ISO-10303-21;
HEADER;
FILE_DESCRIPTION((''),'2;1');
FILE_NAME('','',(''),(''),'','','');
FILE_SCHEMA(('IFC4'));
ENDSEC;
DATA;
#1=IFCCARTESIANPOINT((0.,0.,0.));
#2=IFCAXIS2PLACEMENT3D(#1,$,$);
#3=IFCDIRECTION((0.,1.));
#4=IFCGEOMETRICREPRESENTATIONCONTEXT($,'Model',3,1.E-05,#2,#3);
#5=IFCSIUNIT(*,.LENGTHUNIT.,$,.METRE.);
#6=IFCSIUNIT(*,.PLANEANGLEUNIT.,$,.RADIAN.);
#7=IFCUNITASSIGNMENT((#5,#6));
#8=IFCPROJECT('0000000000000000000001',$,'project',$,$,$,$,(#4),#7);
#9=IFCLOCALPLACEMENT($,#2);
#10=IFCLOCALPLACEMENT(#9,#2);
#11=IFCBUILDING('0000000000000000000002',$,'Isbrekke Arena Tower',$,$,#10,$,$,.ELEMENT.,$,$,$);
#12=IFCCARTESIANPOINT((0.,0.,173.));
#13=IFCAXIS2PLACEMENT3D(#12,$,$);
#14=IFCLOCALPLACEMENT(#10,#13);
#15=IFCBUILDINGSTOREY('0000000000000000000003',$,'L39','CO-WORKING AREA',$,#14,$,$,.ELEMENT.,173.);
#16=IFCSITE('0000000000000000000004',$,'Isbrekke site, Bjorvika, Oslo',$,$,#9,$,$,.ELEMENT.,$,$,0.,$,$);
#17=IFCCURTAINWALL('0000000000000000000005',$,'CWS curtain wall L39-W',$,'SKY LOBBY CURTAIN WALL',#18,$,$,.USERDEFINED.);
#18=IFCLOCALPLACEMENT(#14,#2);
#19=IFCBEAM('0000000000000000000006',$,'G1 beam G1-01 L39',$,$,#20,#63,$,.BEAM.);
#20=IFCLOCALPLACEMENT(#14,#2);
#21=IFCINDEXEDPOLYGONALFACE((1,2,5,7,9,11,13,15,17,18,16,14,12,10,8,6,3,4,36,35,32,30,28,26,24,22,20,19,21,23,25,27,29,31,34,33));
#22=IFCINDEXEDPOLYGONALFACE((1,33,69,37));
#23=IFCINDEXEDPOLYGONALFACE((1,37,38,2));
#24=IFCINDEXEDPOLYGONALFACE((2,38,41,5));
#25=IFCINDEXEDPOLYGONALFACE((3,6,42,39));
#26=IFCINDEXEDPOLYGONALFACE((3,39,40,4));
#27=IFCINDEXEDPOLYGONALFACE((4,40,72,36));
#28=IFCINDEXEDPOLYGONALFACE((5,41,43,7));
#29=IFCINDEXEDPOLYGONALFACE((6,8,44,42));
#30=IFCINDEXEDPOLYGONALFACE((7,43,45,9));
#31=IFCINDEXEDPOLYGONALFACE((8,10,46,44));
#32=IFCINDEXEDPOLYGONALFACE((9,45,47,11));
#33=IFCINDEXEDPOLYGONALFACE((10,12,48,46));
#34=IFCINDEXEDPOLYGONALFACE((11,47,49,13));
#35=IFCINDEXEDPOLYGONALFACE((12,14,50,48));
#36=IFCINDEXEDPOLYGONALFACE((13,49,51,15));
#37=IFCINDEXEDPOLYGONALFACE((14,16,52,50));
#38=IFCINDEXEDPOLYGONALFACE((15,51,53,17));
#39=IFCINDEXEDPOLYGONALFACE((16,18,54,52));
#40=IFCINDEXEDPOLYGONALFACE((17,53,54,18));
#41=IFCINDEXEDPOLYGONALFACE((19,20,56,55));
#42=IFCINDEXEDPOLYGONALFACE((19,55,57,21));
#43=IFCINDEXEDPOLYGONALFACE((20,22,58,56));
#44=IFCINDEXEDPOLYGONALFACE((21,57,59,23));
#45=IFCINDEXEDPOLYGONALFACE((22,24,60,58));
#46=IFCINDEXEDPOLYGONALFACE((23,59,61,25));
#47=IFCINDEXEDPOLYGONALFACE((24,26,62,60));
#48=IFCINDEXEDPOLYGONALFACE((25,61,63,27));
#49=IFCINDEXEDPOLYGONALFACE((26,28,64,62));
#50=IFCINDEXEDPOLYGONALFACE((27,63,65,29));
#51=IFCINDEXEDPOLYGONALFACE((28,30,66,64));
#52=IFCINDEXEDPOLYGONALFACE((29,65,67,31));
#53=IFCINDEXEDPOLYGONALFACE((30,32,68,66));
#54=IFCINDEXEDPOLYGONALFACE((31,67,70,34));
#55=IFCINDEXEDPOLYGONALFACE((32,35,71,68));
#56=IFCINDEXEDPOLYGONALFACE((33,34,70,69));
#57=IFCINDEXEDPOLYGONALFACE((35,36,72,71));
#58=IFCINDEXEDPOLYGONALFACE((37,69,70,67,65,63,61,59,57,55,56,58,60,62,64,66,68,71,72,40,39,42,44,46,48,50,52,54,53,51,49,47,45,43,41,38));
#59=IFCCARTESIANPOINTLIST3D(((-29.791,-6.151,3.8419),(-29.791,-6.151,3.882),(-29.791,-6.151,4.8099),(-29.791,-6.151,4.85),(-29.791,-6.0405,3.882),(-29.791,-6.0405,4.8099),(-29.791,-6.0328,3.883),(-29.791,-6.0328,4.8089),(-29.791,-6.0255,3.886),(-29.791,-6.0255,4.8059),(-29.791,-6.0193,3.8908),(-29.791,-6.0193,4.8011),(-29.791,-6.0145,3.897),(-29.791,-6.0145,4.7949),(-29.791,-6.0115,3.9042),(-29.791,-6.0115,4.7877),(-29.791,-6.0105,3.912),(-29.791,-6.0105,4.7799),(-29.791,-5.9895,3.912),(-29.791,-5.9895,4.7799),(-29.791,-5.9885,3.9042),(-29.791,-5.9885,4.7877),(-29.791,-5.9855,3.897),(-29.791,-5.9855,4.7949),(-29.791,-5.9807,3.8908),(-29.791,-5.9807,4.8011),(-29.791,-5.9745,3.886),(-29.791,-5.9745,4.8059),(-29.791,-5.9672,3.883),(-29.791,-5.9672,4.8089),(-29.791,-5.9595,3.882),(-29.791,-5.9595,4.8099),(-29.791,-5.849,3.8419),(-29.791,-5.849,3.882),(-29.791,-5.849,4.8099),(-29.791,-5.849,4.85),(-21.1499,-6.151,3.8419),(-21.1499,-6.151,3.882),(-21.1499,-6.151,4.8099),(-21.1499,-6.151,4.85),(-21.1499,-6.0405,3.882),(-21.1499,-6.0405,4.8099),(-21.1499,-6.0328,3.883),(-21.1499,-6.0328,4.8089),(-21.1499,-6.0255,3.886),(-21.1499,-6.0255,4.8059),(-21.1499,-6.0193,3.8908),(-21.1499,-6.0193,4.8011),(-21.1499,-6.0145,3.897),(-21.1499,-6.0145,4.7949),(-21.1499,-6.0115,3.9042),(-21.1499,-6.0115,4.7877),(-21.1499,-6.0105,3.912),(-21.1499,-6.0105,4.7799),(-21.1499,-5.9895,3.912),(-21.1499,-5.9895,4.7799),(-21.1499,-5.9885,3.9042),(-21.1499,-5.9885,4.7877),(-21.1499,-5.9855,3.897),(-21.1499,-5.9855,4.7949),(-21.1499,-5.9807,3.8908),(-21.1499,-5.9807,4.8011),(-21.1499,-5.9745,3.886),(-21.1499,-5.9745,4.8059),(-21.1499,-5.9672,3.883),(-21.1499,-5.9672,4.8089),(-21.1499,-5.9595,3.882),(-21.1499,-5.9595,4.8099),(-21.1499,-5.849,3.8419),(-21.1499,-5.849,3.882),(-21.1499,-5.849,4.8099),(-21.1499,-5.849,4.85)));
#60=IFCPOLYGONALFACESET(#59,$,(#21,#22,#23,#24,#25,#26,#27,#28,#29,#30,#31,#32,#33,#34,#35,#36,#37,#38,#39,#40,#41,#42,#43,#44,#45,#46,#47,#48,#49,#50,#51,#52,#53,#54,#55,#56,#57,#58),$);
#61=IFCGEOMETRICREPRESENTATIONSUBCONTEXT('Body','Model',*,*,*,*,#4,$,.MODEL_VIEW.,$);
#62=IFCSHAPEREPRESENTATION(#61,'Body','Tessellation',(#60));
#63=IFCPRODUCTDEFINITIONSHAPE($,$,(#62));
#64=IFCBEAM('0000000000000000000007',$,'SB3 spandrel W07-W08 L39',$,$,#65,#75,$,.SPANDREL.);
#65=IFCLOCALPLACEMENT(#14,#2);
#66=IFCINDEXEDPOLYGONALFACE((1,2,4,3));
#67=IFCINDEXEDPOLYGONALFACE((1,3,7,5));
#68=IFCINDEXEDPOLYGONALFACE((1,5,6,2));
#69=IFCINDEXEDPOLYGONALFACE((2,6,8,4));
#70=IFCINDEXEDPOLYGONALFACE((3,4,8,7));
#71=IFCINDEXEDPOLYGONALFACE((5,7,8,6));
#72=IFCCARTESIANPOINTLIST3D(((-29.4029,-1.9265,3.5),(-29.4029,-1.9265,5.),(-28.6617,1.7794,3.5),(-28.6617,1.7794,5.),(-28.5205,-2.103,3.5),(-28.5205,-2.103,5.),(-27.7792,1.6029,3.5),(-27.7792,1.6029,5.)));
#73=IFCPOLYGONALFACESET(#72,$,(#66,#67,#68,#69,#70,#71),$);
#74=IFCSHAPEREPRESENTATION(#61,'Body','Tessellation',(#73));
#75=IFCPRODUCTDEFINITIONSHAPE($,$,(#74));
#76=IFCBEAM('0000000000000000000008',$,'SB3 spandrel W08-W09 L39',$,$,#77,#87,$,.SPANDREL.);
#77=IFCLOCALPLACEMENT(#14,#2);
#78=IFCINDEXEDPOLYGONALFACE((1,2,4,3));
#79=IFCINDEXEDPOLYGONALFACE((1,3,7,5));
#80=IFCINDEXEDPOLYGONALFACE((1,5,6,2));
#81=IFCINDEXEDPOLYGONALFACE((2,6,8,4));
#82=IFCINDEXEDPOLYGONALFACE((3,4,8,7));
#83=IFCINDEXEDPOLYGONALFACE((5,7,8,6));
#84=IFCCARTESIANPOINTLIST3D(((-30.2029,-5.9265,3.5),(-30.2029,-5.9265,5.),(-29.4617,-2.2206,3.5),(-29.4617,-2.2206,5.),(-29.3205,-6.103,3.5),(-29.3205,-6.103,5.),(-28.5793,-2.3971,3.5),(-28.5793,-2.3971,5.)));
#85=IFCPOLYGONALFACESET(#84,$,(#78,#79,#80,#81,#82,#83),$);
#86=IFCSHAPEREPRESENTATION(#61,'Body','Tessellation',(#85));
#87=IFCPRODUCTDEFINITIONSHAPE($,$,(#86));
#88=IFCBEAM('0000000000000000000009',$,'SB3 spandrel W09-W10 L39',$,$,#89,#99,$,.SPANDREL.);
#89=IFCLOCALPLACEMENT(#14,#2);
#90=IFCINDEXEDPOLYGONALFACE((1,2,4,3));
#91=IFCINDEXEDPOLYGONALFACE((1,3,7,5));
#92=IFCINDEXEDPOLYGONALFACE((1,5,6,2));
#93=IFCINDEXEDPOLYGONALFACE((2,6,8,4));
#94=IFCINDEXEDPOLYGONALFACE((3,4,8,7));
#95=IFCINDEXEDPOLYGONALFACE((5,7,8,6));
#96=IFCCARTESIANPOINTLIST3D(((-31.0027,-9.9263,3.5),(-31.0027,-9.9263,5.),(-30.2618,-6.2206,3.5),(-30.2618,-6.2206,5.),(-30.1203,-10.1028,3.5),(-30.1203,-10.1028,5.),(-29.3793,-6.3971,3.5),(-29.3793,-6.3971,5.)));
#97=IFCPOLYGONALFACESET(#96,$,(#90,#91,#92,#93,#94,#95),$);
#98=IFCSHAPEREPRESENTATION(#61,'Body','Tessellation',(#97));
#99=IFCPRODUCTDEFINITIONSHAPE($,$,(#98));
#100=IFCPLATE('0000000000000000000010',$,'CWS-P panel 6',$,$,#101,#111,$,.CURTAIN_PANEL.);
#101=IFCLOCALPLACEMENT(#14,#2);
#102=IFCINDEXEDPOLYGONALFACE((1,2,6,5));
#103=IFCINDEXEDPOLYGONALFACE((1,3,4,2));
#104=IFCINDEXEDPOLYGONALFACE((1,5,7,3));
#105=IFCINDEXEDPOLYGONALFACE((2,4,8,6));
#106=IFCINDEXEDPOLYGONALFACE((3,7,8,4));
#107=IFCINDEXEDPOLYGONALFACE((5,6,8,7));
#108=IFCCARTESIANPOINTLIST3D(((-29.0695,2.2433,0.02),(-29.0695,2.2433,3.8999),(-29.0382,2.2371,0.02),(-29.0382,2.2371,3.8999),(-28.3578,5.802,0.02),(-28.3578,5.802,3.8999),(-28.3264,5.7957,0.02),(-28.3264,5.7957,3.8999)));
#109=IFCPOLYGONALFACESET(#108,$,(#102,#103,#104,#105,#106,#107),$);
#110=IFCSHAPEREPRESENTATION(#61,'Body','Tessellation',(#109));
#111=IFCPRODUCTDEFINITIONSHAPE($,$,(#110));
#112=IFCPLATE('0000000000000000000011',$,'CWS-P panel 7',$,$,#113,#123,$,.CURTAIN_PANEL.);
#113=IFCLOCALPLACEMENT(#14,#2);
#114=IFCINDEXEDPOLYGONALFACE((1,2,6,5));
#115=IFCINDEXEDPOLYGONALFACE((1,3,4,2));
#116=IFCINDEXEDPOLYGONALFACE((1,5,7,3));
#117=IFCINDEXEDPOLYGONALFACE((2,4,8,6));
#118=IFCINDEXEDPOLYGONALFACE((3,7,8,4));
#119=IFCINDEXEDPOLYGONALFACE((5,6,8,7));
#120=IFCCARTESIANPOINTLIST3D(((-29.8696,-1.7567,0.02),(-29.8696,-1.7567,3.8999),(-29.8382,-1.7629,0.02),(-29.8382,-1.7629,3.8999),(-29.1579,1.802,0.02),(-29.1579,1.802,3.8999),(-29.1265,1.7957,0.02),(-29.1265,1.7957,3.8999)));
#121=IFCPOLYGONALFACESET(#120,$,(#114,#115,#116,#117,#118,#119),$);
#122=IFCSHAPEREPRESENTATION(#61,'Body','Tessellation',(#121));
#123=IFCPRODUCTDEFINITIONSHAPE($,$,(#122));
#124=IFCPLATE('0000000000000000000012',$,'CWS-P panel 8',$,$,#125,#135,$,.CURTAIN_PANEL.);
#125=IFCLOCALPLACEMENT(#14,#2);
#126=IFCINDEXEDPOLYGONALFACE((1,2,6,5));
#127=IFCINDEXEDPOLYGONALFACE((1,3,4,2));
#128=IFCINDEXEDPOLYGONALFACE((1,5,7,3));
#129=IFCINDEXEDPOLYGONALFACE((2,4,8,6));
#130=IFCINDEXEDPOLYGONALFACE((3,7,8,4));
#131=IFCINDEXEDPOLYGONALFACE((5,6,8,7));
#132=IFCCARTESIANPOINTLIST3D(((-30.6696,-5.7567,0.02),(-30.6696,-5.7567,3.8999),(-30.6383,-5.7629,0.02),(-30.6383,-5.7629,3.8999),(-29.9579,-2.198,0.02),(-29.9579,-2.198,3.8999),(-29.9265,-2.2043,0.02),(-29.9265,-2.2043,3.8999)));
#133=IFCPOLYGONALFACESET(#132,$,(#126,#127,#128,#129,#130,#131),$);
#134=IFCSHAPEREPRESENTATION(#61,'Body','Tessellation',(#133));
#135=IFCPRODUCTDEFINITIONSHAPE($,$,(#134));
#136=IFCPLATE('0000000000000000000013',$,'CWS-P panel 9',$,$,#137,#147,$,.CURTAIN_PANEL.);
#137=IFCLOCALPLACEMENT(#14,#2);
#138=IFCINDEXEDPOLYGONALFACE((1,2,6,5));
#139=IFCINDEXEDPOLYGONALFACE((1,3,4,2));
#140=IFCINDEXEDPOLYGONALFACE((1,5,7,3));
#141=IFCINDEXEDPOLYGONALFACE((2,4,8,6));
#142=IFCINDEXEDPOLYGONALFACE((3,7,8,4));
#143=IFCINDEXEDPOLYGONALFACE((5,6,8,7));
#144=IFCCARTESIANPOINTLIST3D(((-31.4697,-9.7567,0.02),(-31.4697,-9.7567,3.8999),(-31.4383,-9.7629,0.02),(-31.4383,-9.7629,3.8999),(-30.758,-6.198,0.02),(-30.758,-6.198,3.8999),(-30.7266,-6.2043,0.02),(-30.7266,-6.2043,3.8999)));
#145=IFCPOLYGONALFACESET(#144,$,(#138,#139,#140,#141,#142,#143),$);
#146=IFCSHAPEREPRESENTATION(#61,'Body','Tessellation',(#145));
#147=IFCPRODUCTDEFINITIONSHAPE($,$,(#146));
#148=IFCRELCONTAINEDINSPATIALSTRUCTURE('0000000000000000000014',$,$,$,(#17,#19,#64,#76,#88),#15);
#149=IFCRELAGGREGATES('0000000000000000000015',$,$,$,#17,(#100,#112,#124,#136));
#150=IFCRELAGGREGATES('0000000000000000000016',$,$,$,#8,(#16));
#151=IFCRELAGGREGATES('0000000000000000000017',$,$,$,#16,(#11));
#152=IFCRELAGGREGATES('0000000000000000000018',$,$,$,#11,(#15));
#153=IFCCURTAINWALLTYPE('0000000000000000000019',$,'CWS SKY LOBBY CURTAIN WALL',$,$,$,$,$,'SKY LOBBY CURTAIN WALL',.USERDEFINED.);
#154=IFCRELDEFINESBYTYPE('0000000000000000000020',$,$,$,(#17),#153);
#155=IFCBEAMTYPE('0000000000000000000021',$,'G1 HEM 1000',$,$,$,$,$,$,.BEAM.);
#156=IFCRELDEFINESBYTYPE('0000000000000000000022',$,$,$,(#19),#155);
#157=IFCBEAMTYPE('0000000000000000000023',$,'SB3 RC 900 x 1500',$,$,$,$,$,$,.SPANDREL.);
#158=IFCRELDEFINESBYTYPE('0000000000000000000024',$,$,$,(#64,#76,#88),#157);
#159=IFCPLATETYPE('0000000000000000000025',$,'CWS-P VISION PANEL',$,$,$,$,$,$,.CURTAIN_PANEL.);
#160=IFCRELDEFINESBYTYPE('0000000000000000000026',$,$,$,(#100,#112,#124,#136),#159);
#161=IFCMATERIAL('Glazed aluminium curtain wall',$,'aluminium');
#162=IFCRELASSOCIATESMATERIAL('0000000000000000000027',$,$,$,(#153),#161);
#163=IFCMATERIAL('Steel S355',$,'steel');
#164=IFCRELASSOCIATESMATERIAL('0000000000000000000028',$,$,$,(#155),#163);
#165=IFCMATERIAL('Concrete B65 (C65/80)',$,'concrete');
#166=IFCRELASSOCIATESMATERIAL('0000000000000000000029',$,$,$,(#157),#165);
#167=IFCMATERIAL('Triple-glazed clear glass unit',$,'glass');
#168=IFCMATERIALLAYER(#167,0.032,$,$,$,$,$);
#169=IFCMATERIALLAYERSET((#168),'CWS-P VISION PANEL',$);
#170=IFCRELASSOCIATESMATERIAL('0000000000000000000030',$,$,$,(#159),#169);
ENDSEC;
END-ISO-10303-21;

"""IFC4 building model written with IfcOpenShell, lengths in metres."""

from ifc_helpers import new_model, si_unit, direction, frame, origin, origin_2d, place, context, subcontext, project, spatial, rectangle, i_section, extrude, material, layer, layer_set, material_profile, profile_set, type_object, element, aggregate, save


model = new_model("IFC4")

# Units and contexts
model_context = context("Model", 3, precision=1e-05, world=origin(), true_north=direction((0.0, 1.0)))
body_context = subcontext(model_context, "Body", "Model", "MODEL_VIEW")
ifc_project = project(units=[si_unit("LENGTHUNIT", "METRE"), si_unit("PLANEANGLEUNIT", "RADIAN")], contexts=[model_context])

# Site, building, storey
site_placement = place(None, origin())
site = spatial("IfcSite", under=ifc_project, at=site_placement, Name="Isbrekke site, Bjorvika, Oslo", CompositionType="ELEMENT", RefElevation=0.0)
building_placement = place(site_placement, origin())
building = spatial("IfcBuilding", under=site, at=building_placement, Name="Isbrekke Arena Tower", CompositionType="ELEMENT")
storey_placement = place(building_placement, frame((0.0, 0.0, 173.0)))
storey = spatial("IfcBuildingStorey", under=building, at=storey_placement, Name="L39", Description="CO-WORKING AREA", CompositionType="ELEMENT", Elevation=173.0)

# Curtain wall
ifc_material_1 = material(Name="Glazed aluminium curtain wall", Category="aluminium")
curtain_wall_type = type_object("IfcCurtainWallType", Name="CWS SKY LOBBY CURTAIN WALL", ElementType="SKY LOBBY CURTAIN WALL", PredefinedType="USERDEFINED", material=ifc_material_1)
curtain_wall_placement = place(storey_placement, origin())
curtain_wall = element("IfcCurtainWall", 1, at=curtain_wall_placement, inside=storey, type_object=curtain_wall_type, Name="CWS curtain wall L39-W", ObjectType="SKY LOBBY CURTAIN WALL", PredefinedType="USERDEFINED")

# Beams
ifc_material_2 = material(Name="Steel S355", Category="steel")
ifc_material_profile_1 = material_profile(ifc_material_2, i_section(OverallWidth=0.302, OverallDepth=1.0081, WebThickness=0.021, FlangeThickness=0.04, FilletRadius=0.03, at=origin_2d()), Name="HEM 1000")
ifc_profile_set_1 = profile_set([ifc_material_profile_1], Name="Steel S355")
beam_type_1 = type_object("IfcBeamType", Name="G1 HEM 1000", PredefinedType="BEAM", material=ifc_profile_set_1)
beam_1_placement = place(storey_placement, frame((-29.791, -6.0, 4.3459), z_axis=(1.0, 0.0, 0.0), x_axis=(0.0, 1.0, 0.0)))
element("IfcBeam", 2, at=beam_1_placement, inside=storey, type_object=beam_type_1, Name="G1 beam G1-01 L39", PredefinedType="BEAM", context=body_context, shape_type="SweptSolid", body=[
    extrude(i_section(OverallWidth=0.302, OverallDepth=1.0081, WebThickness=0.021, FlangeThickness=0.04, FilletRadius=0.03, at=origin_2d()), origin(), (0.0, 0.0, 1.0), 8.6411),
])
ifc_material_3 = material(Name="Concrete B65 (C65/80)", Category="concrete")
ifc_material_profile_2 = material_profile(ifc_material_3, rectangle(XDim=0.8999, YDim=1.5, at=origin_2d()), Name="RC 900x1500")
ifc_profile_set_2 = profile_set([ifc_material_profile_2], Name="Concrete B65 (C65/80)")
beam_type_2 = type_object("IfcBeamType", Name="SB3 RC 900 x 1500", PredefinedType="SPANDREL", material=ifc_profile_set_2)
for number, where, z_axis, x_axis, name in (
    (3, (-28.2205, 1.6912, 4.25), (-0.196129, -0.980578, 0.0), (0.980578, -0.196129, 0.0), "SB3 spandrel W07-W08 L39"),
    (4, (-29.0205, -2.3088, 4.25), (-0.196129, -0.980578, 0.0), (0.980578, -0.196129, 0.0), "SB3 spandrel W08-W09 L39"),
):
    element("IfcBeam", number, at=place(storey_placement, frame(where, z_axis=z_axis, x_axis=x_axis)), inside=storey, type_object=beam_type_2, Name=name, PredefinedType="SPANDREL", context=body_context, shape_type="SweptSolid", body=[
        extrude(rectangle(XDim=0.8999, YDim=1.5, at=origin_2d()), origin(), (0.0, 0.0, 1.0), 3.7793),
    ])
beam_2_placement = place(storey_placement, frame((-29.8206, -6.3088, 4.25), z_axis=(-0.196066, -0.980591, 0.0), x_axis=(0.980591, -0.196066, 0.0)))
element("IfcBeam", 5, at=beam_2_placement, inside=storey, type_object=beam_type_2, Name="SB3 spandrel W09-W10 L39", PredefinedType="SPANDREL", context=body_context, shape_type="SweptSolid", body=[
    extrude(rectangle(XDim=0.8999, YDim=1.5, at=origin_2d()), origin(), (0.0, 0.0, 1.0), 3.7791),
])

# Plates
ifc_material_4 = material(Name="Triple-glazed clear glass unit", Category="glass")
ifc_layer_1 = layer(ifc_material_4, 0.032)
ifc_layer_set_1 = layer_set([ifc_layer_1], Name="CWS-P VISION PANEL")
plate_type = type_object("IfcPlateType", Name="CWS-P VISION PANEL", PredefinedType="CURTAIN_PANEL", material=ifc_layer_set_1)
plate_1_placement = place(storey_placement, frame((-28.698, 4.0195, 0.02), z_axis=(0.0, 0.0, 1.0), x_axis=(-0.196116, -0.980581, 0.0)))
plate_1 = element("IfcPlate", 6, at=plate_1_placement, type_object=plate_type, Name="CWS-P panel 6", PredefinedType="CURTAIN_PANEL", context=body_context, shape_type="SweptSolid", body=[
    extrude(rectangle(XDim=3.6292, YDim=0.032, at=origin_2d()), origin(), (0.0, 0.0, 1.0), 3.8799),
])
plate_2_placement = place(storey_placement, frame((-29.498, 0.0195, 0.02), z_axis=(0.0, 0.0, 1.0), x_axis=(-0.196116, -0.980581, 0.0)))
plate_2 = element("IfcPlate", 7, at=plate_2_placement, type_object=plate_type, Name="CWS-P panel 7", PredefinedType="CURTAIN_PANEL", context=body_context, shape_type="SweptSolid", body=[
    extrude(rectangle(XDim=3.6292, YDim=0.032, at=origin_2d()), origin(), (0.0, 0.0, 1.0), 3.8799),
])
plate_3_placement = place(storey_placement, frame((-30.2981, -3.9805, 0.02), z_axis=(0.0, 0.0, 1.0), x_axis=(-0.196116, -0.980581, 0.0)))
plate_3 = element("IfcPlate", 8, at=plate_3_placement, type_object=plate_type, Name="CWS-P panel 8", PredefinedType="CURTAIN_PANEL", context=body_context, shape_type="SweptSolid", body=[
    extrude(rectangle(XDim=3.6292, YDim=0.032, at=origin_2d()), origin(), (0.0, 0.0, 1.0), 3.8799),
])
plate_4_placement = place(storey_placement, frame((-31.0981, -7.9805, 0.02), z_axis=(0.0, 0.0, 1.0), x_axis=(-0.196116, -0.980581, 0.0)))
plate_4 = element("IfcPlate", 9, at=plate_4_placement, type_object=plate_type, Name="CWS-P panel 9", PredefinedType="CURTAIN_PANEL", context=body_context, shape_type="SweptSolid", body=[
    extrude(rectangle(XDim=3.6292, YDim=0.032, at=origin_2d()), origin(), (0.0, 0.0, 1.0), 3.8799),
])
aggregate(curtain_wall, [plate_1, plate_2, plate_3, plate_4])

save(model, "model.ifc")
